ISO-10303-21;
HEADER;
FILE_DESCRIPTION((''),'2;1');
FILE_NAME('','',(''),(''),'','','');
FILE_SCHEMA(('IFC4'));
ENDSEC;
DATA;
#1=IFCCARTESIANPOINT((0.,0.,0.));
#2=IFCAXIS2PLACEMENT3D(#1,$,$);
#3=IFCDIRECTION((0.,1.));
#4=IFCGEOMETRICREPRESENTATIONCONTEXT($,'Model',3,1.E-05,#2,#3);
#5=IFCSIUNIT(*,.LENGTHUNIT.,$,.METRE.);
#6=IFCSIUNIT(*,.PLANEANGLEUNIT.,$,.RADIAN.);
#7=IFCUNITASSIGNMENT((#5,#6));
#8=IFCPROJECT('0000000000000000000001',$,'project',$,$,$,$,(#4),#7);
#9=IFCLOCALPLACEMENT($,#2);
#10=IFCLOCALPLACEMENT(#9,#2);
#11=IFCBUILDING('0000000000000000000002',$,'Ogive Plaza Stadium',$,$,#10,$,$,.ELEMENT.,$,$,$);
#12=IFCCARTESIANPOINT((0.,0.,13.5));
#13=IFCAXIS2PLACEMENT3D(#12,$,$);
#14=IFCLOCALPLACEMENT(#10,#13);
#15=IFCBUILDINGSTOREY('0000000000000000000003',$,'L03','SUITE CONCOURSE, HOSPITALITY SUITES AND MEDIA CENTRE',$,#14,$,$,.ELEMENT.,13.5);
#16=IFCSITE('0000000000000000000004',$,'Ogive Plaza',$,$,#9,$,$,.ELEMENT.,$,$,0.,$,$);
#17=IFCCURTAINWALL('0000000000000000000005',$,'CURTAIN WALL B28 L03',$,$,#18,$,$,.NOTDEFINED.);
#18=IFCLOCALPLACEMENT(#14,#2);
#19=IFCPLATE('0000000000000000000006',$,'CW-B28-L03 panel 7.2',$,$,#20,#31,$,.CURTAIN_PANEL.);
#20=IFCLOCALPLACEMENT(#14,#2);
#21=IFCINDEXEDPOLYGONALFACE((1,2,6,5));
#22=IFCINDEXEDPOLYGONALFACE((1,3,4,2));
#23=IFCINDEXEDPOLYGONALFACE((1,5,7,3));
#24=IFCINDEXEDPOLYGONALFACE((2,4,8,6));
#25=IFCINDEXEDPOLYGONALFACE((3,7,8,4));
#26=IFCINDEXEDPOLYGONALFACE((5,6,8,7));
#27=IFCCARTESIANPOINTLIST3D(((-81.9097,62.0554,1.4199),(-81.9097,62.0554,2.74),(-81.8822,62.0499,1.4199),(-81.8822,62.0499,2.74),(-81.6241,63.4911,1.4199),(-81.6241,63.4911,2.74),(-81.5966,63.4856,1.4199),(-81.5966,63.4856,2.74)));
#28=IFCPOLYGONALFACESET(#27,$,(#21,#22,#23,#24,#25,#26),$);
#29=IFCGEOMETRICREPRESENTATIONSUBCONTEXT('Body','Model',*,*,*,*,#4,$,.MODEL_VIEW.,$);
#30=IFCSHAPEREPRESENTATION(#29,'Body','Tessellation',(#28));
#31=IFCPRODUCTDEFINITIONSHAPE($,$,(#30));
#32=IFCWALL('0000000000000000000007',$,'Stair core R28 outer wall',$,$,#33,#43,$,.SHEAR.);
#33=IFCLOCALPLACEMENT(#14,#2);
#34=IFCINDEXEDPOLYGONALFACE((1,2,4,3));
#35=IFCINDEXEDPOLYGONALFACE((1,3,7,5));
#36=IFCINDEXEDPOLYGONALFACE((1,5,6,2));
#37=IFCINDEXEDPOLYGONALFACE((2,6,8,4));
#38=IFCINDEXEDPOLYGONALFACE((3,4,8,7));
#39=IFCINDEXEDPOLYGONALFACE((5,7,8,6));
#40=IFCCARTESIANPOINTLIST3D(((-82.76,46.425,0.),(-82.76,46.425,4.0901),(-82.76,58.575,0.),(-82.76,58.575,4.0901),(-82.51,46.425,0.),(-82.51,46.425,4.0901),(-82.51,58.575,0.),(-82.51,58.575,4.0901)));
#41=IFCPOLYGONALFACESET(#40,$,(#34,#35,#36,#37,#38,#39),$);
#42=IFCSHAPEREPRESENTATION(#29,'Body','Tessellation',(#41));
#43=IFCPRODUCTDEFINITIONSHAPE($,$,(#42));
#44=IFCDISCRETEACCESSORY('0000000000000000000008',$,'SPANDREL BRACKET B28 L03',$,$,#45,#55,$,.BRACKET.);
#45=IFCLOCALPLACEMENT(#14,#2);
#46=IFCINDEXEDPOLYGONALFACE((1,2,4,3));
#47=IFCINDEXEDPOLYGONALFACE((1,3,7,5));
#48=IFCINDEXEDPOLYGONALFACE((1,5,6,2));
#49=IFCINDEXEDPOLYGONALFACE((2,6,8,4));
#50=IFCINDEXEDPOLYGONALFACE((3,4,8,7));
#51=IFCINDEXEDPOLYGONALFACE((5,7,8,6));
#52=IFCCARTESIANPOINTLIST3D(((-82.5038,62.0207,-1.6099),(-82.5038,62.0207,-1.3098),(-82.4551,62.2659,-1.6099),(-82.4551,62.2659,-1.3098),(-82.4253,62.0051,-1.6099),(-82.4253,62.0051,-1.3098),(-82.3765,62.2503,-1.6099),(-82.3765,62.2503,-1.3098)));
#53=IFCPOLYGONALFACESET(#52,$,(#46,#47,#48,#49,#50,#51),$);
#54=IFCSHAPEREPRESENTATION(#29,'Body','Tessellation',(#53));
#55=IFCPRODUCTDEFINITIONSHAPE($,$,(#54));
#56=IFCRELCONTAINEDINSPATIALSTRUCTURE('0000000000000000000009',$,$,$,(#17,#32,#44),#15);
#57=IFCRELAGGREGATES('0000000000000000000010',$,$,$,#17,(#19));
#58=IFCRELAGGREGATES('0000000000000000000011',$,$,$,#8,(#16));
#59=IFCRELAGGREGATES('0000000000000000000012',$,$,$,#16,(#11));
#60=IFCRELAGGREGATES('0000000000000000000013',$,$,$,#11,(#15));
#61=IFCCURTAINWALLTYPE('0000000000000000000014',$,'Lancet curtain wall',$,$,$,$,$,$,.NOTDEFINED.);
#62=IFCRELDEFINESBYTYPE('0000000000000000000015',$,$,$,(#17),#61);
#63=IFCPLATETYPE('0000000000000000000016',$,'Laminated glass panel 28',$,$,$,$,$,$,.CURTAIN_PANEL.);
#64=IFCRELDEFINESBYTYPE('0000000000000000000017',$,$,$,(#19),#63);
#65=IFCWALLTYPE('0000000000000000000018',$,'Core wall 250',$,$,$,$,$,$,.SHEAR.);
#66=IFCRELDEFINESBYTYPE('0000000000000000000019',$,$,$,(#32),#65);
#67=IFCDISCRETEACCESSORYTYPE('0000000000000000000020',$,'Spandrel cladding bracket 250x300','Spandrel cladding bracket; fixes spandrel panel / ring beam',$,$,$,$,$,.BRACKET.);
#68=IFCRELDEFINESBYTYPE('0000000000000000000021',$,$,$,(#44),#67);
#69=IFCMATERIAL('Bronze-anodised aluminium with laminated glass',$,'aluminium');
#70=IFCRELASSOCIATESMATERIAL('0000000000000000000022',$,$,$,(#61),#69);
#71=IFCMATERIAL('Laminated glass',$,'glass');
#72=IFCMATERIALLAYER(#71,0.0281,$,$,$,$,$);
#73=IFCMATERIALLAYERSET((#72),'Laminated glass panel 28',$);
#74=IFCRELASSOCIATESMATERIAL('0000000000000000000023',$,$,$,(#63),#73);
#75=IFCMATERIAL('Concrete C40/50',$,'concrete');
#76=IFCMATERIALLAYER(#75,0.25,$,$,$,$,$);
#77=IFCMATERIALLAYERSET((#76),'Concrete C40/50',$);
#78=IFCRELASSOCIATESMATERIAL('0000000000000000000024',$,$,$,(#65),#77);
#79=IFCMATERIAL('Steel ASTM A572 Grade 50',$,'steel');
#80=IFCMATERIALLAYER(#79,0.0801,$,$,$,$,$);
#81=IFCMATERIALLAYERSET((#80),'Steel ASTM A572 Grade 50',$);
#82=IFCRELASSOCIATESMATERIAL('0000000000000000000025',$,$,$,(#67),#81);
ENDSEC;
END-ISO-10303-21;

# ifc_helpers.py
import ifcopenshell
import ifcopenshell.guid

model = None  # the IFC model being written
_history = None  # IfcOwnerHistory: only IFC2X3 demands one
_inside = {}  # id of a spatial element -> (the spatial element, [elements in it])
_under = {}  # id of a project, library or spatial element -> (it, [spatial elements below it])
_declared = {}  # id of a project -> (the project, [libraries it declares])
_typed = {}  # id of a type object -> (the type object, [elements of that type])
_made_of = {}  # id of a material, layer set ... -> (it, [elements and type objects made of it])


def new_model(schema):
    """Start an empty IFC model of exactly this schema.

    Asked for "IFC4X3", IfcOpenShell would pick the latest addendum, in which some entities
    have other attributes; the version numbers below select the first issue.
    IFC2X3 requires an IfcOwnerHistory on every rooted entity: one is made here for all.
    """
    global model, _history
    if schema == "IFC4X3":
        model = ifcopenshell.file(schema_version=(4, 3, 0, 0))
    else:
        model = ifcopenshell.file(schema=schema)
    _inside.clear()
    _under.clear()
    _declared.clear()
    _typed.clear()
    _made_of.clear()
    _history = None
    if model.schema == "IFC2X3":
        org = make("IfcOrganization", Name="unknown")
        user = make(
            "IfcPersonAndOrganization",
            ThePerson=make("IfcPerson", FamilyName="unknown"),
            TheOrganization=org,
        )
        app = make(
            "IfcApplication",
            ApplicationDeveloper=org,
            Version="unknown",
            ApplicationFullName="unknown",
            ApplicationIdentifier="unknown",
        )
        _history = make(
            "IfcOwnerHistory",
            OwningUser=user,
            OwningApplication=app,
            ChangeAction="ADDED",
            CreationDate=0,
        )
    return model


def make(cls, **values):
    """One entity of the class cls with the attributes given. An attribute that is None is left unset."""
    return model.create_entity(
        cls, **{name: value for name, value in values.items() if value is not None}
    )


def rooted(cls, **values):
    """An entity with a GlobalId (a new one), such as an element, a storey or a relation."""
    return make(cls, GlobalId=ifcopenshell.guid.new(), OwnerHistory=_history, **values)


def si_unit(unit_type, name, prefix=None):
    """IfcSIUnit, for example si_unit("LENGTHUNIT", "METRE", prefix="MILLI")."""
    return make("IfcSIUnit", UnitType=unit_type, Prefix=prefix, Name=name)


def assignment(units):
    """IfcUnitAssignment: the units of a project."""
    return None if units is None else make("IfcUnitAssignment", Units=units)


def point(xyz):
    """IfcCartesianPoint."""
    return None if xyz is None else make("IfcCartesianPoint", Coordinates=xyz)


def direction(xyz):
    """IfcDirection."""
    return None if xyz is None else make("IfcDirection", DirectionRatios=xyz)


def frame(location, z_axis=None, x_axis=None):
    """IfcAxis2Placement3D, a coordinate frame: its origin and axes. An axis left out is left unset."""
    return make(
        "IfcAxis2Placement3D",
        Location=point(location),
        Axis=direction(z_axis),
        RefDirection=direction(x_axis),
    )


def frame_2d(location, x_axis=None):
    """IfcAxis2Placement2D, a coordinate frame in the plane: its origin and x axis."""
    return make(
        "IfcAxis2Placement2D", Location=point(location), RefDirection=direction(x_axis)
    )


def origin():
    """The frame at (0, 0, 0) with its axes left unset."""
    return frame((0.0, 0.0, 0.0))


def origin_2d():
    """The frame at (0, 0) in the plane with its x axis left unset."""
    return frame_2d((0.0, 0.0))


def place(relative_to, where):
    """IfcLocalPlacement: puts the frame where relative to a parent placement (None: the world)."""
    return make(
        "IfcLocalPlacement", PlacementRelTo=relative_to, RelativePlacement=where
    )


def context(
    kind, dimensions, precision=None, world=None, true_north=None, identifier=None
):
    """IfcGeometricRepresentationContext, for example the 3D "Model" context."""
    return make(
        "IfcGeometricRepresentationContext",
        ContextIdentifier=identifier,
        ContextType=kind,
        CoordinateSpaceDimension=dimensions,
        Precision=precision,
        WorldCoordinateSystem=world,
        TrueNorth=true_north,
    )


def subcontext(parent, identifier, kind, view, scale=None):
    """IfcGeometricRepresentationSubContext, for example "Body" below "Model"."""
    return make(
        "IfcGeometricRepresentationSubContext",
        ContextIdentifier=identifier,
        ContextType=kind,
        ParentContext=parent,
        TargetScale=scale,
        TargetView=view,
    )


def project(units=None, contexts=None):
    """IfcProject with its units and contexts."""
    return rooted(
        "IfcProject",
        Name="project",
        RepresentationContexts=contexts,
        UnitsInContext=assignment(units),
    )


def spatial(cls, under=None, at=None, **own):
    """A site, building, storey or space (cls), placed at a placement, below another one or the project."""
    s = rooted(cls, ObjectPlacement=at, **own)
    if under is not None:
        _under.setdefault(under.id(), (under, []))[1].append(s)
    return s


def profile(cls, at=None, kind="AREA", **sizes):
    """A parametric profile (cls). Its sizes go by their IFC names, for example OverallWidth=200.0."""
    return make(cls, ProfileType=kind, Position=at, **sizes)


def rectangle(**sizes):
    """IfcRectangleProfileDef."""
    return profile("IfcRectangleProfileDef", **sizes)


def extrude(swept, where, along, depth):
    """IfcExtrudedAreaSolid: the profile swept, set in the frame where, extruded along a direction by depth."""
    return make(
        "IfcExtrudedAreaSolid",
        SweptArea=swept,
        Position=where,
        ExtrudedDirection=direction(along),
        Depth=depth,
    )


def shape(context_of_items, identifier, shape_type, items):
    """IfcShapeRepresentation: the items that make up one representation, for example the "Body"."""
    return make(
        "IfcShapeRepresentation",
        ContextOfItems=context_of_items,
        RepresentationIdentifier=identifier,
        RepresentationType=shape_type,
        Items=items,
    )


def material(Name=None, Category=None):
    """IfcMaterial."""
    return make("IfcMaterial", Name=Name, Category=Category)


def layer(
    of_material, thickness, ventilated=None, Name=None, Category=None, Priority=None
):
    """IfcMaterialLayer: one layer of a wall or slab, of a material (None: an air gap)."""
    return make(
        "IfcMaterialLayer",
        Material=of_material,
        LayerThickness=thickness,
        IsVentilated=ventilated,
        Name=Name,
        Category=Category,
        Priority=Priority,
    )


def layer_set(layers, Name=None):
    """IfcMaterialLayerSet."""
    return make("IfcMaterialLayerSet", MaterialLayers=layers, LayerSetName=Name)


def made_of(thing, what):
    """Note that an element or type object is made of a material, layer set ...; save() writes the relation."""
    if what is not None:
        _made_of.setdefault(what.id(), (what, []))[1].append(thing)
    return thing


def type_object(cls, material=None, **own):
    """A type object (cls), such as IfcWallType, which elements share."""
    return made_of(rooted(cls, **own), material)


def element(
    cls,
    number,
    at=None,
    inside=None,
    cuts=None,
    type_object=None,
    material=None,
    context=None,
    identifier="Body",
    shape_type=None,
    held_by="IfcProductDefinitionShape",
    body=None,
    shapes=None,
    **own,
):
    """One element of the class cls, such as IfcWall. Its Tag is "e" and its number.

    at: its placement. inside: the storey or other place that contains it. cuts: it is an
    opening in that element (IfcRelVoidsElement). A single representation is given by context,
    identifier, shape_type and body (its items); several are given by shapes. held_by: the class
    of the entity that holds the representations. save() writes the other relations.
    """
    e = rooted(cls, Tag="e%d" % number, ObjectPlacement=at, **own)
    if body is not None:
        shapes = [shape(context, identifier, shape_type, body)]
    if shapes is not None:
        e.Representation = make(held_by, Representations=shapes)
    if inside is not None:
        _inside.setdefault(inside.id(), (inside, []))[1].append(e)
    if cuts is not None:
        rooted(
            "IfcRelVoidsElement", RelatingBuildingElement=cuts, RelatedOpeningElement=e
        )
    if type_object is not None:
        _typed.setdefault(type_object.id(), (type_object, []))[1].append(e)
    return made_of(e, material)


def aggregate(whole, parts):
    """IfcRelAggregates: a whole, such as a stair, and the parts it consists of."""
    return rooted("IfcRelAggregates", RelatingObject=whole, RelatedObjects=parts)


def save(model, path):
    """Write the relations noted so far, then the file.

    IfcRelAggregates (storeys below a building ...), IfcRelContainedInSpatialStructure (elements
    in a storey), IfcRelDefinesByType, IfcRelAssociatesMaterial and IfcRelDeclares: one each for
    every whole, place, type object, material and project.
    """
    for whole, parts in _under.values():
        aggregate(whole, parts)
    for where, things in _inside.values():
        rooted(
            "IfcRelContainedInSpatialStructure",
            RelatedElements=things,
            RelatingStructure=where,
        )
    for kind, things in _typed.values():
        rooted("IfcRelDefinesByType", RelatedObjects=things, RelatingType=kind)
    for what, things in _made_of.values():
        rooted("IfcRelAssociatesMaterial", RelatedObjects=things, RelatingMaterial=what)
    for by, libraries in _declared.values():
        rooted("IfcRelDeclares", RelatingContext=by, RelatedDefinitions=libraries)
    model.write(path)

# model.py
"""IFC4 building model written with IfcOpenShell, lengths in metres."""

from ifc_helpers import new_model, si_unit, direction, frame, frame_2d, origin, origin_2d, place, context, subcontext, project, spatial, rectangle, extrude, material, layer, layer_set, type_object, element, aggregate, save


model = new_model("IFC4")

# Units and contexts
model_context = context("Model", 3, precision=1e-05, world=origin(), true_north=direction((0.0, 1.0)))
body_context = subcontext(model_context, "Body", "Model", "MODEL_VIEW")
ifc_project = project(units=[si_unit("LENGTHUNIT", "METRE"), si_unit("PLANEANGLEUNIT", "RADIAN")], contexts=[model_context])

# Site, building, storey
site_placement = place(None, origin())
site = spatial("IfcSite", under=ifc_project, at=site_placement, Name="Ogive Plaza", CompositionType="ELEMENT", RefElevation=0.0)
building_placement = place(site_placement, origin())
building = spatial("IfcBuilding", under=site, at=building_placement, Name="Ogive Plaza Stadium", CompositionType="ELEMENT")
storey_placement = place(building_placement, frame((0.0, 0.0, 13.5)))
storey = spatial("IfcBuildingStorey", under=building, at=storey_placement, Name="L03", Description="SUITE CONCOURSE, HOSPITALITY SUITES AND MEDIA CENTRE", CompositionType="ELEMENT", Elevation=13.5)

# Curtain wall, plate
ifc_material_1 = material(Name="Bronze-anodised aluminium with laminated glass", Category="aluminium")
curtain_wall_type = type_object("IfcCurtainWallType", Name="Lancet curtain wall", PredefinedType="NOTDEFINED", material=ifc_material_1)
curtain_wall_placement = place(storey_placement, origin())
curtain_wall = element("IfcCurtainWall", 1, at=curtain_wall_placement, inside=storey, type_object=curtain_wall_type, Name="CURTAIN WALL B28 L03", PredefinedType="NOTDEFINED")
ifc_material_2 = material(Name="Laminated glass", Category="glass")
ifc_layer_1 = layer(ifc_material_2, 0.0281)
ifc_layer_set_1 = layer_set([ifc_layer_1], Name="Laminated glass panel 28")
plate_type = type_object("IfcPlateType", Name="Laminated glass panel 28", PredefinedType="CURTAIN_PANEL", material=ifc_layer_set_1)
plate_1_placement = place(storey_placement, frame((-81.7532, 62.7705, 1.4199), z_axis=(0.0, 0.0, 1.0), x_axis=(0.19509, 0.980785, 0.0)))
plate_1 = element("IfcPlate", 2, at=plate_1_placement, type_object=plate_type, Name="CW-B28-L03 panel 7.2", PredefinedType="CURTAIN_PANEL", context=body_context, shape_type="SweptSolid", body=[
    extrude(rectangle(XDim=1.4639, YDim=0.0281, at=origin_2d()), origin(), (0.0, 0.0, 1.0), 1.3201),
])
aggregate(curtain_wall, [plate_1])

# Wall
ifc_material_3 = material(Name="Concrete C40/50", Category="concrete")
ifc_layer_2 = layer(ifc_material_3, 0.25)
ifc_layer_set_2 = layer_set([ifc_layer_2], Name="Concrete C40/50")
wall_type = type_object("IfcWallType", Name="Core wall 250", PredefinedType="SHEAR", material=ifc_layer_set_2)
wall_placement = place(storey_placement, frame((-82.635, 58.575, 0.0), z_axis=(0.0, 0.0, 1.0), x_axis=(0.0, -1.0, 0.0)))
element("IfcWall", 3, at=wall_placement, inside=storey, type_object=wall_type, Name="Stair core R28 outer wall", PredefinedType="SHEAR", context=body_context, shape_type="SweptSolid", body=[
    extrude(rectangle(XDim=12.1499, YDim=0.25, at=frame_2d((6.075, 0.0))), origin(), (0.0, 0.0, 1.0), 4.0901),
])

# Discrete accessory
ifc_material_4 = material(Name="Steel ASTM A572 Grade 50", Category="steel")
ifc_layer_3 = layer(ifc_material_4, 0.0801)
ifc_layer_set_3 = layer_set([ifc_layer_3], Name="Steel ASTM A572 Grade 50")
discrete_accessory_type = type_object("IfcDiscreteAccessoryType", Name="Spandrel cladding bracket 250x300", Description="Spandrel cladding bracket; fixes spandrel panel / ring beam", PredefinedType="BRACKET", material=ifc_layer_set_3)
discrete_accessory_placement = place(storey_placement, frame((-82.4402, 62.1355, -1.6099), z_axis=(0.0, 0.0, 1.0), x_axis=(0.19509, 0.980785, 0.0)))
element("IfcDiscreteAccessory", 4, at=discrete_accessory_placement, inside=storey, type_object=discrete_accessory_type, Name="SPANDREL BRACKET B28 L03", PredefinedType="BRACKET", context=body_context, shape_type="SweptSolid", body=[
    extrude(rectangle(XDim=0.25, YDim=0.0801, at=origin_2d()), origin(), (0.0, 0.0, 1.0), 0.3),
])

save(model, "model.ifc")
